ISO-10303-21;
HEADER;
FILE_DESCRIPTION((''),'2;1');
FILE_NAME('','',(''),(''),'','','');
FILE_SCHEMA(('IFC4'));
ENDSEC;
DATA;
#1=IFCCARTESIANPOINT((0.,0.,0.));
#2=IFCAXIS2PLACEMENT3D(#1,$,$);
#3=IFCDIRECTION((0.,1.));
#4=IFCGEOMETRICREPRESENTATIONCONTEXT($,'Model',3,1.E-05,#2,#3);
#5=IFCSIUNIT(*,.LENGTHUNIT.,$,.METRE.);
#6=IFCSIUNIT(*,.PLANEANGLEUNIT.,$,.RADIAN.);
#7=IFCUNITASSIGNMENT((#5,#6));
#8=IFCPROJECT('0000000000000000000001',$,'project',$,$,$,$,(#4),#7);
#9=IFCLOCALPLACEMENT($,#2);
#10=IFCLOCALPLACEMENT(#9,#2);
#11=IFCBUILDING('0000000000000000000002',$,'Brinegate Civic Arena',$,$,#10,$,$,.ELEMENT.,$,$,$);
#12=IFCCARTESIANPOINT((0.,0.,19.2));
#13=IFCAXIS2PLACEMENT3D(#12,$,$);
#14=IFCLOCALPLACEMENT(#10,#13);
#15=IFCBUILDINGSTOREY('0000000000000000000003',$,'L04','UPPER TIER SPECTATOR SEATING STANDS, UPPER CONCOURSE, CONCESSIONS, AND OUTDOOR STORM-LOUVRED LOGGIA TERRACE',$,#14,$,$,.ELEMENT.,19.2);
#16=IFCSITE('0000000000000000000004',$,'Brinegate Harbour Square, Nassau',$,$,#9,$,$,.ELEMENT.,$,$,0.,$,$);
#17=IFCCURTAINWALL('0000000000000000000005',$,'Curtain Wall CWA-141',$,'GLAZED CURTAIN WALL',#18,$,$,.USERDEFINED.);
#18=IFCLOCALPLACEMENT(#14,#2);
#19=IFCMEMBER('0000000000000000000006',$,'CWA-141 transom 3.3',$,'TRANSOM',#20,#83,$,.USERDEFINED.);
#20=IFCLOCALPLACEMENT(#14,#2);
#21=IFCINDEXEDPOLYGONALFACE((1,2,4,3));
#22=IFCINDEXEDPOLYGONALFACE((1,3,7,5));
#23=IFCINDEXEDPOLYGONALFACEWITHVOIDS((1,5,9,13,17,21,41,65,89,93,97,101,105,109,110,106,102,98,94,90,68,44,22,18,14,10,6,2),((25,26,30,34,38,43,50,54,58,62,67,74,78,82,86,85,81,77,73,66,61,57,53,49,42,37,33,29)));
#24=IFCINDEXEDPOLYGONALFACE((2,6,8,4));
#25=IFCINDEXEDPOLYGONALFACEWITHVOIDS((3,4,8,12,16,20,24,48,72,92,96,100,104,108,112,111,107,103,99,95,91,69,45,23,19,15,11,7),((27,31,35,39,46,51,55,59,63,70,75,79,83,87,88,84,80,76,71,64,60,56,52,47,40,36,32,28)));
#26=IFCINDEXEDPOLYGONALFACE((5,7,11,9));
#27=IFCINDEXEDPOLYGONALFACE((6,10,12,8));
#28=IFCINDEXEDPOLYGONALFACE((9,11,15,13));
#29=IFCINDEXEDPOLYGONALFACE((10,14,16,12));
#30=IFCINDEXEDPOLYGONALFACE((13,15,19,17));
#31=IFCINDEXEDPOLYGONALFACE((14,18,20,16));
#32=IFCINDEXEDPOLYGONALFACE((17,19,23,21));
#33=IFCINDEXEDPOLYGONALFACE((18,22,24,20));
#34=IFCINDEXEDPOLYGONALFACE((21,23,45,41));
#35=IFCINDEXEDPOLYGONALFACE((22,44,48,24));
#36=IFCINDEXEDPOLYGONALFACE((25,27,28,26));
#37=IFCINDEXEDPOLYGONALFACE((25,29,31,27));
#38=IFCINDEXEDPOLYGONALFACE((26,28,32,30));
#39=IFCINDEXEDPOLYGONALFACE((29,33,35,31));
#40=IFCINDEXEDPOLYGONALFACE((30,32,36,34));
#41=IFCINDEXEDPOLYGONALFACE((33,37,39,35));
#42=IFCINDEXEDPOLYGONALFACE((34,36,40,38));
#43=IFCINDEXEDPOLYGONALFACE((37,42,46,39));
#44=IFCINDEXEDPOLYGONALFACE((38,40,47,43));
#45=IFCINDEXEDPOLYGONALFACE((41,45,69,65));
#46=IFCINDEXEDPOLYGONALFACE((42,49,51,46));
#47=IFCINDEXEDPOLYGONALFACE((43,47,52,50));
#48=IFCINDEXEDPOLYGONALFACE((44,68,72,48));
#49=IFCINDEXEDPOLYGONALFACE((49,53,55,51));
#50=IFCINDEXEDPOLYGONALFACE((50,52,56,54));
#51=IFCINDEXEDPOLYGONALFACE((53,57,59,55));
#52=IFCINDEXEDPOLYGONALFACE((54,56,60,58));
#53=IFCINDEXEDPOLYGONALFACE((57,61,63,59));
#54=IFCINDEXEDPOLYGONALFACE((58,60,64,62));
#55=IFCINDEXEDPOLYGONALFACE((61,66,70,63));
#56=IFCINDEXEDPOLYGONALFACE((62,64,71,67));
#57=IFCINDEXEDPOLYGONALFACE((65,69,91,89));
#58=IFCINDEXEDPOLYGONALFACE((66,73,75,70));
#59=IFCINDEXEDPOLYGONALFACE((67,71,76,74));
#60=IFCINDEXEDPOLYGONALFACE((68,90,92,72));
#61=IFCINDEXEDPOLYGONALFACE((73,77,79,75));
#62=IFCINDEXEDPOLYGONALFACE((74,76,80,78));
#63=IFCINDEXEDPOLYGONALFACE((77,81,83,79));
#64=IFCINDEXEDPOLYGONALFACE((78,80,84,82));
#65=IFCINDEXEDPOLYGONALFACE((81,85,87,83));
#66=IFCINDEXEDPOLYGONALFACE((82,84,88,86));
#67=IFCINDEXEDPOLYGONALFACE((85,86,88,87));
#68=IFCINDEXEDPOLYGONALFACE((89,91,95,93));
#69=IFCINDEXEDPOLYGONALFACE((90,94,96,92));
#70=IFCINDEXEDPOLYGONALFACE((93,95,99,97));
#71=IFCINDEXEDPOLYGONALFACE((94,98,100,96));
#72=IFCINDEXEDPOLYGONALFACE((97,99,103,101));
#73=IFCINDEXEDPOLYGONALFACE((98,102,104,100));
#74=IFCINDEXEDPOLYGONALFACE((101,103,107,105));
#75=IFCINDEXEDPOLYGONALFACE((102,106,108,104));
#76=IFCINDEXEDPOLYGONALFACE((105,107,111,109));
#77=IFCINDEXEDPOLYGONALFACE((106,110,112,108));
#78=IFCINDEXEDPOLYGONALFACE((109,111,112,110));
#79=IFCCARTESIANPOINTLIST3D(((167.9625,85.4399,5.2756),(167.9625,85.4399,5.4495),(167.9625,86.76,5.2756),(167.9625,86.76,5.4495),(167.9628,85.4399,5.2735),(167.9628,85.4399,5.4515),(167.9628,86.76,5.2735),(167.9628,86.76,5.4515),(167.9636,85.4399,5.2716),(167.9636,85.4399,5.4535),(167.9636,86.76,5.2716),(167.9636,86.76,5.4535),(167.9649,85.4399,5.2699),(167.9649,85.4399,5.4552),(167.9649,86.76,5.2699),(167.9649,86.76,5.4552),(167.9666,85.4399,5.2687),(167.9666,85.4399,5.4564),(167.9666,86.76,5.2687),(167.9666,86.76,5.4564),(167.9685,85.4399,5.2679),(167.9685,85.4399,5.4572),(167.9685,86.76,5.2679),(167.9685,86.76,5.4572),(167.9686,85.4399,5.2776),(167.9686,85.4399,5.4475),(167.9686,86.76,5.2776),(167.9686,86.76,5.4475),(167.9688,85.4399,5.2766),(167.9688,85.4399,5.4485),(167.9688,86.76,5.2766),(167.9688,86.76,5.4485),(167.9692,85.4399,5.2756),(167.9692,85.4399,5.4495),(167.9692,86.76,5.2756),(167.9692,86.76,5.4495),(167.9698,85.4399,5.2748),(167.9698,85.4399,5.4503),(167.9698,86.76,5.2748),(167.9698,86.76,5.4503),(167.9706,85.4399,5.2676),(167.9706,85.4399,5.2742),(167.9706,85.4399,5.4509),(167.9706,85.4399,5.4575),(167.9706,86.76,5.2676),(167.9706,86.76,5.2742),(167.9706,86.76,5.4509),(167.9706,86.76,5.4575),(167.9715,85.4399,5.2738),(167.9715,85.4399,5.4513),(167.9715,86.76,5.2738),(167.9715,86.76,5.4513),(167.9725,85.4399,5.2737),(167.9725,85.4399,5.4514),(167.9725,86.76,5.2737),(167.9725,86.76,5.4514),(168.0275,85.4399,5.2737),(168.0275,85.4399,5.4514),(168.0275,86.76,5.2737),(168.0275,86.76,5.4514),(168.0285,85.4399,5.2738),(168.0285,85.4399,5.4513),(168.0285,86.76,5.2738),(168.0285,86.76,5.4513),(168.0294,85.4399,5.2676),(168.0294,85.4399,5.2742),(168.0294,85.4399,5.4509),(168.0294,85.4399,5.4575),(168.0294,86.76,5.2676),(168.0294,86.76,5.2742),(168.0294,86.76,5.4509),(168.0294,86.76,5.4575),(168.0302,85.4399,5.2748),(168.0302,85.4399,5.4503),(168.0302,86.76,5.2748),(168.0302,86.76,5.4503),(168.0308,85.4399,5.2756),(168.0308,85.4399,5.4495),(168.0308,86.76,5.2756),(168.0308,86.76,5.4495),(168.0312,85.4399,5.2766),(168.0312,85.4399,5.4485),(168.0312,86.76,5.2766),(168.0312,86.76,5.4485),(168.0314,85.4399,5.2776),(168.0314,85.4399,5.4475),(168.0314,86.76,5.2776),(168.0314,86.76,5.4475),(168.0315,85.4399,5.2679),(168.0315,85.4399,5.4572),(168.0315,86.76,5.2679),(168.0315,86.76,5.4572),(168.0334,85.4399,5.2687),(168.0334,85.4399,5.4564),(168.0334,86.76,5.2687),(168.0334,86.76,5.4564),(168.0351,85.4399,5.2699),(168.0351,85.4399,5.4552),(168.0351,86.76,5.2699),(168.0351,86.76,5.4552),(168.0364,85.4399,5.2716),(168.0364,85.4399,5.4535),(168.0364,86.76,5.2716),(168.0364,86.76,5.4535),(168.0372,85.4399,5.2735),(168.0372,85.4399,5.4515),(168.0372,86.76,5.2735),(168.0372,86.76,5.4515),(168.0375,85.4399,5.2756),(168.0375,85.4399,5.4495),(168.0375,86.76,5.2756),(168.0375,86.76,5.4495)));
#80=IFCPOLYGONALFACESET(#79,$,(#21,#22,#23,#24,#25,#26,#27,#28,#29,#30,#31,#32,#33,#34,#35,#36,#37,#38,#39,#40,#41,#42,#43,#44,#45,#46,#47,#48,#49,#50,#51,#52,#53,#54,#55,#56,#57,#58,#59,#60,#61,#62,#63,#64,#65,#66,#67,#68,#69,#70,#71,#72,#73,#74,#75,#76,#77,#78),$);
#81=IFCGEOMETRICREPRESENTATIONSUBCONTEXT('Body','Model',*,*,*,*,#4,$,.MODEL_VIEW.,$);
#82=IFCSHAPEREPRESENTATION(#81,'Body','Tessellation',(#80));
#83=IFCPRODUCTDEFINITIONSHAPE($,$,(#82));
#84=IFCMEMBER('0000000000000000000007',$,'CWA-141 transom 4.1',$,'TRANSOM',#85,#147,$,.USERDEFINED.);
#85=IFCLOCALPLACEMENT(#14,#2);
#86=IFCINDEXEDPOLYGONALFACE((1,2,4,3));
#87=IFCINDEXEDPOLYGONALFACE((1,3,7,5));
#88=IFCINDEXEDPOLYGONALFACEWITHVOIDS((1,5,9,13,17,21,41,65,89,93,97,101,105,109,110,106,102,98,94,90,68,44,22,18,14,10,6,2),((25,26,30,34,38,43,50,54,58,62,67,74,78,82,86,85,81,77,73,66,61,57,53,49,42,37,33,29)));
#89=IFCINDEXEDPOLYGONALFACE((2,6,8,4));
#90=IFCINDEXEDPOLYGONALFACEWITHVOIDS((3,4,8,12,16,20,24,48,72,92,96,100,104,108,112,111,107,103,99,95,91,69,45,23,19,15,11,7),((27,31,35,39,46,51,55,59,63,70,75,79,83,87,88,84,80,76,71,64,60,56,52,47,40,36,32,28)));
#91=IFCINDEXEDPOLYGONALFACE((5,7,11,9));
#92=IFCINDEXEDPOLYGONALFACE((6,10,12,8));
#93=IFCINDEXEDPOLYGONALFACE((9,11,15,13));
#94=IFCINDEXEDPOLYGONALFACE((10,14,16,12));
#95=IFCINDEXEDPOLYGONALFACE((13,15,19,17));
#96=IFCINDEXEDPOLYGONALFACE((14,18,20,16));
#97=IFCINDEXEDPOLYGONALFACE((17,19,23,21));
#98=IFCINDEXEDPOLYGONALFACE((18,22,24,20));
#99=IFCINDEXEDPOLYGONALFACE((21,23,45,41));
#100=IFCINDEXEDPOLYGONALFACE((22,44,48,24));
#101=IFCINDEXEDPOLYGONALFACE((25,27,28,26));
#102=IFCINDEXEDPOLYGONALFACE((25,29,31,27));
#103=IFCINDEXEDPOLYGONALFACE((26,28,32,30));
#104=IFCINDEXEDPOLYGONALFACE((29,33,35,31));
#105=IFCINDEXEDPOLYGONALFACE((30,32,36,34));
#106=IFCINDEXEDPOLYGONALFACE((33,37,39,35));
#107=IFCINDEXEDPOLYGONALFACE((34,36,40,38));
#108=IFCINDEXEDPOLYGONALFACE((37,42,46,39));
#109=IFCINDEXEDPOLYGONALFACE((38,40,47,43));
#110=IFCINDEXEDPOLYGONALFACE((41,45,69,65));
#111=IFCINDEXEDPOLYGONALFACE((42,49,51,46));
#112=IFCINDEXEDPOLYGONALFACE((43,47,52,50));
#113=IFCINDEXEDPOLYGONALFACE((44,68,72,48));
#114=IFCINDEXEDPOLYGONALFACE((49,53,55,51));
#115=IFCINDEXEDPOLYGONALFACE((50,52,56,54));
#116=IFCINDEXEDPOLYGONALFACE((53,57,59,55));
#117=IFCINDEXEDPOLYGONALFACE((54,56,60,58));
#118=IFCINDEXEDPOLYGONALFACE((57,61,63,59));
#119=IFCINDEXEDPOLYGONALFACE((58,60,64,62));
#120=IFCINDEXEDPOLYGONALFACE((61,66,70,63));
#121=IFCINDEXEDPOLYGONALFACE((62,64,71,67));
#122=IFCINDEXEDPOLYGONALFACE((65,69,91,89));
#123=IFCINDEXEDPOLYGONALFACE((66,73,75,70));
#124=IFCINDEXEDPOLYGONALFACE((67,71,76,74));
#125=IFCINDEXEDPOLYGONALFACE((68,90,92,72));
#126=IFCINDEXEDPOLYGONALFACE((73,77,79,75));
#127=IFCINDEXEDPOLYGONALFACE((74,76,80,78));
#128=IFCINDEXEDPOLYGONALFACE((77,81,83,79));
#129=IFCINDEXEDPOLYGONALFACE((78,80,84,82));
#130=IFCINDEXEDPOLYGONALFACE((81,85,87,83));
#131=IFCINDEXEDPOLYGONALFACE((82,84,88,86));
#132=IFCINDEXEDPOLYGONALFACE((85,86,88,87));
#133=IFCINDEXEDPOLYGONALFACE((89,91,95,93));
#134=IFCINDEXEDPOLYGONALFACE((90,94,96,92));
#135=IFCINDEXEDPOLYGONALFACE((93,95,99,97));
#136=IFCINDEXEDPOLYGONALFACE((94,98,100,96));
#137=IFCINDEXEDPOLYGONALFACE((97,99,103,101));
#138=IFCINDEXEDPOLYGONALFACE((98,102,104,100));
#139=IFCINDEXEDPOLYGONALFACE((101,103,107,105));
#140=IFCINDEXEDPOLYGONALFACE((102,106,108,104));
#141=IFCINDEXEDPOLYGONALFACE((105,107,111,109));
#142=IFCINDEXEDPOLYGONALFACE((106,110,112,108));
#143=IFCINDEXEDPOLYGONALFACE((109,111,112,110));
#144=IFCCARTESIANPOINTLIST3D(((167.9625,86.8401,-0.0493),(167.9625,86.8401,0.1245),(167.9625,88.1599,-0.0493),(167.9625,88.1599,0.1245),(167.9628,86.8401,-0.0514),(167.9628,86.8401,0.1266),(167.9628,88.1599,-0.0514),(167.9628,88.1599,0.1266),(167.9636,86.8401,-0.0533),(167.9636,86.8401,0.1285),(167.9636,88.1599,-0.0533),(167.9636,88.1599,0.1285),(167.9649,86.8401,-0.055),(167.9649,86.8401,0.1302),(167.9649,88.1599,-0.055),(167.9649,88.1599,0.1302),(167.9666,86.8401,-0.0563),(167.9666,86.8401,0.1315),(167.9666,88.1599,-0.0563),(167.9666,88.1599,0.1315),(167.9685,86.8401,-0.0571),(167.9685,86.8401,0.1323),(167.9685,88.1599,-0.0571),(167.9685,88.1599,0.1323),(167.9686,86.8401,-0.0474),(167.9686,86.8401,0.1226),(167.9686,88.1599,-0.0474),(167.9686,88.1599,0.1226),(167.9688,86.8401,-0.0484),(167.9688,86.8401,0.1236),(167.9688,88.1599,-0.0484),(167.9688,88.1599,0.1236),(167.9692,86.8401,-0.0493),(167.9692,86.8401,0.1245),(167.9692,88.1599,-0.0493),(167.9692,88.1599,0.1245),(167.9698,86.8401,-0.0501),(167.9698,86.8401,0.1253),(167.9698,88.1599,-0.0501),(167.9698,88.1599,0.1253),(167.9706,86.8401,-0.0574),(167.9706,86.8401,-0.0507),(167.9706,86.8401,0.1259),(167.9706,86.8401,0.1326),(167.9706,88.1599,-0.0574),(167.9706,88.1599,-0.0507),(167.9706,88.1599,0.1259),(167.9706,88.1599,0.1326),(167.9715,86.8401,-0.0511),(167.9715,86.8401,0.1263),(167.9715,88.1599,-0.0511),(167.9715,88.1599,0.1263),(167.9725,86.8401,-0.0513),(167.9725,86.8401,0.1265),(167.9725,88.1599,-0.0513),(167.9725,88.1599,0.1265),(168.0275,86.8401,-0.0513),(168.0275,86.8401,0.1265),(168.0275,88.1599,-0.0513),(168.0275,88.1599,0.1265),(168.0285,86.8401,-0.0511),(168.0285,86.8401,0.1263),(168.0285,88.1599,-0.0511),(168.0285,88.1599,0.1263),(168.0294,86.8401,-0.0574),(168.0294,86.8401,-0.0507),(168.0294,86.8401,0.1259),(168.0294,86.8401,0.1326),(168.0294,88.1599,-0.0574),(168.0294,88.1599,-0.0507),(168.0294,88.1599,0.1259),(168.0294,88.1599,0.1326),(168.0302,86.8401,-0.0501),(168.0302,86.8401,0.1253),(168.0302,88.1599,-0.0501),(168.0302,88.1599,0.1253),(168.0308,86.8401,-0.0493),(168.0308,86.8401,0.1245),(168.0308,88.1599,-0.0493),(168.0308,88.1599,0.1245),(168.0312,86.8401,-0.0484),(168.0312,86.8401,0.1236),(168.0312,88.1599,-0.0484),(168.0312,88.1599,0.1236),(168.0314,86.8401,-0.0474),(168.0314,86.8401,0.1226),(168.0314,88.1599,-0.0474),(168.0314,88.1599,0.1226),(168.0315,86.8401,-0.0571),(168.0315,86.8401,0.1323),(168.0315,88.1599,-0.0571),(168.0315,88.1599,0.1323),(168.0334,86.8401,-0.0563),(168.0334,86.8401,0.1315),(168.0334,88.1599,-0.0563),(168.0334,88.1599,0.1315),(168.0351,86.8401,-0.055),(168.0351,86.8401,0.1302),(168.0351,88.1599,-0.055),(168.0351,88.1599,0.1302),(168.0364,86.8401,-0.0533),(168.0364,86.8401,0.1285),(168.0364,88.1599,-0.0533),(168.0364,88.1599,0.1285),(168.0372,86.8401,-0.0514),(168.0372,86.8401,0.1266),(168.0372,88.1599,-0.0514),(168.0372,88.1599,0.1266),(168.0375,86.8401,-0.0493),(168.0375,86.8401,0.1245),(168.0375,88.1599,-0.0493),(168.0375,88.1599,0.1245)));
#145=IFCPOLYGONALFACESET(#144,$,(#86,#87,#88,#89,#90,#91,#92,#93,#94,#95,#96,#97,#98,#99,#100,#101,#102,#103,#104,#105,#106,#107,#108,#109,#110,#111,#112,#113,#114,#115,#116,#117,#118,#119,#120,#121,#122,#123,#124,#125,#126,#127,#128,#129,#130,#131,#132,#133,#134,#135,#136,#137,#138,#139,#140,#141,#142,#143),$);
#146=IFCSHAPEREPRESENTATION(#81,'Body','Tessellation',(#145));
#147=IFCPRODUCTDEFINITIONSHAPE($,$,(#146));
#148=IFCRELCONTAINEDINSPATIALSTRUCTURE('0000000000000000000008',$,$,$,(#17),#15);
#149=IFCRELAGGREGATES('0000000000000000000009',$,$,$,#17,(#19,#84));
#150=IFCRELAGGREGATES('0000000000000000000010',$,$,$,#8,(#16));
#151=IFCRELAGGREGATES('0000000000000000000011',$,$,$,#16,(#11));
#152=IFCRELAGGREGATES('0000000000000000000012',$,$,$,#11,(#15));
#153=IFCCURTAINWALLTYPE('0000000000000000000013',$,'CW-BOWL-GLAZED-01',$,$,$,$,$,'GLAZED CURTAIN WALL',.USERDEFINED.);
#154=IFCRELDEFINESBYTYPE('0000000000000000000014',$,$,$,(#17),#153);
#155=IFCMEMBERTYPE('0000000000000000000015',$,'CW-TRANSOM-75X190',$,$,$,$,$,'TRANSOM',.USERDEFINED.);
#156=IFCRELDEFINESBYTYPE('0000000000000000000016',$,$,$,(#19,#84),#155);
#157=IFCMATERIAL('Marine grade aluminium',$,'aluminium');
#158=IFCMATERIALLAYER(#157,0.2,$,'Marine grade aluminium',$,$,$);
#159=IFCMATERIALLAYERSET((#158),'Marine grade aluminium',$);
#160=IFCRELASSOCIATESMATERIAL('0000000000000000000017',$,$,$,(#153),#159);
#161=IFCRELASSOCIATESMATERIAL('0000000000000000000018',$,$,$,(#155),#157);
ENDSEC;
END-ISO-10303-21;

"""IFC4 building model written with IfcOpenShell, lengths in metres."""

from ifc_helpers import new_model, si_unit, direction, frame, origin, origin_2d, place, context, subcontext, project, spatial, hollow_rectangle, extrude, material, layer, layer_set, material_profile, profile_set, type_object, element, aggregate, save


model = new_model("IFC4")

# Units and contexts
model_context = context("Model", 3, precision=1e-05, world=origin(), true_north=direction((0.0, 1.0)))
body_context = subcontext(model_context, "Body", "Model", "MODEL_VIEW")
ifc_project = project(units=[si_unit("LENGTHUNIT", "METRE"), si_unit("PLANEANGLEUNIT", "RADIAN")], contexts=[model_context])

# Site, building, storey
site_placement = place(None, origin())
site = spatial("IfcSite", under=ifc_project, at=site_placement, Name="Brinegate Harbour Square, Nassau", CompositionType="ELEMENT", RefElevation=0.0)
building_placement = place(site_placement, origin())
building = spatial("IfcBuilding", under=site, at=building_placement, Name="Brinegate Civic Arena", CompositionType="ELEMENT")
storey_placement = place(building_placement, frame((0.0, 0.0, 19.2)))
storey = spatial("IfcBuildingStorey", under=building, at=storey_placement, Name="L04", Description="UPPER TIER SPECTATOR SEATING STANDS, UPPER CONCOURSE, CONCESSIONS, AND OUTDOOR STORM-LOUVRED LOGGIA TERRACE", CompositionType="ELEMENT", Elevation=19.2)

# Curtain wall, members
ifc_material_1 = material(Name="Marine grade aluminium", Category="aluminium")
ifc_layer_1 = layer(ifc_material_1, 0.2, Name="Marine grade aluminium")
ifc_layer_set_1 = layer_set([ifc_layer_1], Name="Marine grade aluminium")
curtain_wall_type = type_object("IfcCurtainWallType", Name="CW-BOWL-GLAZED-01", ElementType="GLAZED CURTAIN WALL", PredefinedType="USERDEFINED", material=ifc_layer_set_1)
curtain_wall_placement = place(storey_placement, origin())
curtain_wall = element("IfcCurtainWall", 1, at=curtain_wall_placement, inside=storey, type_object=curtain_wall_type, Name="Curtain Wall CWA-141", ObjectType="GLAZED CURTAIN WALL", PredefinedType="USERDEFINED")
ifc_material_profile_1 = material_profile(ifc_material_1, hollow_rectangle(XDim=0.075, YDim=0.1899, WallThickness=0.0061, InnerFilletRadius=0.0039, OuterFilletRadius=0.0081, at=origin_2d()), Name="TRN75X190")
ifc_profile_set_1 = profile_set([ifc_material_profile_1], Name="Marine grade aluminium")
member_type_1 = type_object("IfcMemberType", Name="CW-TRANSOM-75X190", ElementType="TRANSOM", PredefinedType="USERDEFINED", material=ifc_profile_set_1)
member_1_placement = place(storey_placement, frame((168.0, 85.4399, 5.3625), z_axis=(0.0, 1.0, 0.0), x_axis=(-1.0, 0.0, 0.0)))
member_1 = element("IfcMember", 2, at=member_1_placement, type_object=member_type_1, Name="CWA-141 transom 3.3", ObjectType="TRANSOM", PredefinedType="USERDEFINED", context=body_context, shape_type="SweptSolid", body=[
    extrude(hollow_rectangle(XDim=0.075, YDim=0.1899, WallThickness=0.0061, InnerFilletRadius=0.0039, OuterFilletRadius=0.0081, at=origin_2d()), origin(), (0.0, 0.0, 1.0), 1.3201),
])
member_2_placement = place(storey_placement, frame((168.0, 86.8401, 0.0376), z_axis=(0.0, 1.0, 0.0), x_axis=(-1.0, 0.0, 0.0)))
member_2 = element("IfcMember", 3, at=member_2_placement, type_object=member_type_1, Name="CWA-141 transom 4.1", ObjectType="TRANSOM", PredefinedType="USERDEFINED", context=body_context, shape_type="SweptSolid", body=[
    extrude(hollow_rectangle(XDim=0.075, YDim=0.1899, WallThickness=0.0061, InnerFilletRadius=0.0039, OuterFilletRadius=0.0081, at=origin_2d()), origin(), (0.0, 0.0, 1.0), 1.3198),
])

aggregate(curtain_wall, [member_1, member_2])

save(model, "model.ifc")
